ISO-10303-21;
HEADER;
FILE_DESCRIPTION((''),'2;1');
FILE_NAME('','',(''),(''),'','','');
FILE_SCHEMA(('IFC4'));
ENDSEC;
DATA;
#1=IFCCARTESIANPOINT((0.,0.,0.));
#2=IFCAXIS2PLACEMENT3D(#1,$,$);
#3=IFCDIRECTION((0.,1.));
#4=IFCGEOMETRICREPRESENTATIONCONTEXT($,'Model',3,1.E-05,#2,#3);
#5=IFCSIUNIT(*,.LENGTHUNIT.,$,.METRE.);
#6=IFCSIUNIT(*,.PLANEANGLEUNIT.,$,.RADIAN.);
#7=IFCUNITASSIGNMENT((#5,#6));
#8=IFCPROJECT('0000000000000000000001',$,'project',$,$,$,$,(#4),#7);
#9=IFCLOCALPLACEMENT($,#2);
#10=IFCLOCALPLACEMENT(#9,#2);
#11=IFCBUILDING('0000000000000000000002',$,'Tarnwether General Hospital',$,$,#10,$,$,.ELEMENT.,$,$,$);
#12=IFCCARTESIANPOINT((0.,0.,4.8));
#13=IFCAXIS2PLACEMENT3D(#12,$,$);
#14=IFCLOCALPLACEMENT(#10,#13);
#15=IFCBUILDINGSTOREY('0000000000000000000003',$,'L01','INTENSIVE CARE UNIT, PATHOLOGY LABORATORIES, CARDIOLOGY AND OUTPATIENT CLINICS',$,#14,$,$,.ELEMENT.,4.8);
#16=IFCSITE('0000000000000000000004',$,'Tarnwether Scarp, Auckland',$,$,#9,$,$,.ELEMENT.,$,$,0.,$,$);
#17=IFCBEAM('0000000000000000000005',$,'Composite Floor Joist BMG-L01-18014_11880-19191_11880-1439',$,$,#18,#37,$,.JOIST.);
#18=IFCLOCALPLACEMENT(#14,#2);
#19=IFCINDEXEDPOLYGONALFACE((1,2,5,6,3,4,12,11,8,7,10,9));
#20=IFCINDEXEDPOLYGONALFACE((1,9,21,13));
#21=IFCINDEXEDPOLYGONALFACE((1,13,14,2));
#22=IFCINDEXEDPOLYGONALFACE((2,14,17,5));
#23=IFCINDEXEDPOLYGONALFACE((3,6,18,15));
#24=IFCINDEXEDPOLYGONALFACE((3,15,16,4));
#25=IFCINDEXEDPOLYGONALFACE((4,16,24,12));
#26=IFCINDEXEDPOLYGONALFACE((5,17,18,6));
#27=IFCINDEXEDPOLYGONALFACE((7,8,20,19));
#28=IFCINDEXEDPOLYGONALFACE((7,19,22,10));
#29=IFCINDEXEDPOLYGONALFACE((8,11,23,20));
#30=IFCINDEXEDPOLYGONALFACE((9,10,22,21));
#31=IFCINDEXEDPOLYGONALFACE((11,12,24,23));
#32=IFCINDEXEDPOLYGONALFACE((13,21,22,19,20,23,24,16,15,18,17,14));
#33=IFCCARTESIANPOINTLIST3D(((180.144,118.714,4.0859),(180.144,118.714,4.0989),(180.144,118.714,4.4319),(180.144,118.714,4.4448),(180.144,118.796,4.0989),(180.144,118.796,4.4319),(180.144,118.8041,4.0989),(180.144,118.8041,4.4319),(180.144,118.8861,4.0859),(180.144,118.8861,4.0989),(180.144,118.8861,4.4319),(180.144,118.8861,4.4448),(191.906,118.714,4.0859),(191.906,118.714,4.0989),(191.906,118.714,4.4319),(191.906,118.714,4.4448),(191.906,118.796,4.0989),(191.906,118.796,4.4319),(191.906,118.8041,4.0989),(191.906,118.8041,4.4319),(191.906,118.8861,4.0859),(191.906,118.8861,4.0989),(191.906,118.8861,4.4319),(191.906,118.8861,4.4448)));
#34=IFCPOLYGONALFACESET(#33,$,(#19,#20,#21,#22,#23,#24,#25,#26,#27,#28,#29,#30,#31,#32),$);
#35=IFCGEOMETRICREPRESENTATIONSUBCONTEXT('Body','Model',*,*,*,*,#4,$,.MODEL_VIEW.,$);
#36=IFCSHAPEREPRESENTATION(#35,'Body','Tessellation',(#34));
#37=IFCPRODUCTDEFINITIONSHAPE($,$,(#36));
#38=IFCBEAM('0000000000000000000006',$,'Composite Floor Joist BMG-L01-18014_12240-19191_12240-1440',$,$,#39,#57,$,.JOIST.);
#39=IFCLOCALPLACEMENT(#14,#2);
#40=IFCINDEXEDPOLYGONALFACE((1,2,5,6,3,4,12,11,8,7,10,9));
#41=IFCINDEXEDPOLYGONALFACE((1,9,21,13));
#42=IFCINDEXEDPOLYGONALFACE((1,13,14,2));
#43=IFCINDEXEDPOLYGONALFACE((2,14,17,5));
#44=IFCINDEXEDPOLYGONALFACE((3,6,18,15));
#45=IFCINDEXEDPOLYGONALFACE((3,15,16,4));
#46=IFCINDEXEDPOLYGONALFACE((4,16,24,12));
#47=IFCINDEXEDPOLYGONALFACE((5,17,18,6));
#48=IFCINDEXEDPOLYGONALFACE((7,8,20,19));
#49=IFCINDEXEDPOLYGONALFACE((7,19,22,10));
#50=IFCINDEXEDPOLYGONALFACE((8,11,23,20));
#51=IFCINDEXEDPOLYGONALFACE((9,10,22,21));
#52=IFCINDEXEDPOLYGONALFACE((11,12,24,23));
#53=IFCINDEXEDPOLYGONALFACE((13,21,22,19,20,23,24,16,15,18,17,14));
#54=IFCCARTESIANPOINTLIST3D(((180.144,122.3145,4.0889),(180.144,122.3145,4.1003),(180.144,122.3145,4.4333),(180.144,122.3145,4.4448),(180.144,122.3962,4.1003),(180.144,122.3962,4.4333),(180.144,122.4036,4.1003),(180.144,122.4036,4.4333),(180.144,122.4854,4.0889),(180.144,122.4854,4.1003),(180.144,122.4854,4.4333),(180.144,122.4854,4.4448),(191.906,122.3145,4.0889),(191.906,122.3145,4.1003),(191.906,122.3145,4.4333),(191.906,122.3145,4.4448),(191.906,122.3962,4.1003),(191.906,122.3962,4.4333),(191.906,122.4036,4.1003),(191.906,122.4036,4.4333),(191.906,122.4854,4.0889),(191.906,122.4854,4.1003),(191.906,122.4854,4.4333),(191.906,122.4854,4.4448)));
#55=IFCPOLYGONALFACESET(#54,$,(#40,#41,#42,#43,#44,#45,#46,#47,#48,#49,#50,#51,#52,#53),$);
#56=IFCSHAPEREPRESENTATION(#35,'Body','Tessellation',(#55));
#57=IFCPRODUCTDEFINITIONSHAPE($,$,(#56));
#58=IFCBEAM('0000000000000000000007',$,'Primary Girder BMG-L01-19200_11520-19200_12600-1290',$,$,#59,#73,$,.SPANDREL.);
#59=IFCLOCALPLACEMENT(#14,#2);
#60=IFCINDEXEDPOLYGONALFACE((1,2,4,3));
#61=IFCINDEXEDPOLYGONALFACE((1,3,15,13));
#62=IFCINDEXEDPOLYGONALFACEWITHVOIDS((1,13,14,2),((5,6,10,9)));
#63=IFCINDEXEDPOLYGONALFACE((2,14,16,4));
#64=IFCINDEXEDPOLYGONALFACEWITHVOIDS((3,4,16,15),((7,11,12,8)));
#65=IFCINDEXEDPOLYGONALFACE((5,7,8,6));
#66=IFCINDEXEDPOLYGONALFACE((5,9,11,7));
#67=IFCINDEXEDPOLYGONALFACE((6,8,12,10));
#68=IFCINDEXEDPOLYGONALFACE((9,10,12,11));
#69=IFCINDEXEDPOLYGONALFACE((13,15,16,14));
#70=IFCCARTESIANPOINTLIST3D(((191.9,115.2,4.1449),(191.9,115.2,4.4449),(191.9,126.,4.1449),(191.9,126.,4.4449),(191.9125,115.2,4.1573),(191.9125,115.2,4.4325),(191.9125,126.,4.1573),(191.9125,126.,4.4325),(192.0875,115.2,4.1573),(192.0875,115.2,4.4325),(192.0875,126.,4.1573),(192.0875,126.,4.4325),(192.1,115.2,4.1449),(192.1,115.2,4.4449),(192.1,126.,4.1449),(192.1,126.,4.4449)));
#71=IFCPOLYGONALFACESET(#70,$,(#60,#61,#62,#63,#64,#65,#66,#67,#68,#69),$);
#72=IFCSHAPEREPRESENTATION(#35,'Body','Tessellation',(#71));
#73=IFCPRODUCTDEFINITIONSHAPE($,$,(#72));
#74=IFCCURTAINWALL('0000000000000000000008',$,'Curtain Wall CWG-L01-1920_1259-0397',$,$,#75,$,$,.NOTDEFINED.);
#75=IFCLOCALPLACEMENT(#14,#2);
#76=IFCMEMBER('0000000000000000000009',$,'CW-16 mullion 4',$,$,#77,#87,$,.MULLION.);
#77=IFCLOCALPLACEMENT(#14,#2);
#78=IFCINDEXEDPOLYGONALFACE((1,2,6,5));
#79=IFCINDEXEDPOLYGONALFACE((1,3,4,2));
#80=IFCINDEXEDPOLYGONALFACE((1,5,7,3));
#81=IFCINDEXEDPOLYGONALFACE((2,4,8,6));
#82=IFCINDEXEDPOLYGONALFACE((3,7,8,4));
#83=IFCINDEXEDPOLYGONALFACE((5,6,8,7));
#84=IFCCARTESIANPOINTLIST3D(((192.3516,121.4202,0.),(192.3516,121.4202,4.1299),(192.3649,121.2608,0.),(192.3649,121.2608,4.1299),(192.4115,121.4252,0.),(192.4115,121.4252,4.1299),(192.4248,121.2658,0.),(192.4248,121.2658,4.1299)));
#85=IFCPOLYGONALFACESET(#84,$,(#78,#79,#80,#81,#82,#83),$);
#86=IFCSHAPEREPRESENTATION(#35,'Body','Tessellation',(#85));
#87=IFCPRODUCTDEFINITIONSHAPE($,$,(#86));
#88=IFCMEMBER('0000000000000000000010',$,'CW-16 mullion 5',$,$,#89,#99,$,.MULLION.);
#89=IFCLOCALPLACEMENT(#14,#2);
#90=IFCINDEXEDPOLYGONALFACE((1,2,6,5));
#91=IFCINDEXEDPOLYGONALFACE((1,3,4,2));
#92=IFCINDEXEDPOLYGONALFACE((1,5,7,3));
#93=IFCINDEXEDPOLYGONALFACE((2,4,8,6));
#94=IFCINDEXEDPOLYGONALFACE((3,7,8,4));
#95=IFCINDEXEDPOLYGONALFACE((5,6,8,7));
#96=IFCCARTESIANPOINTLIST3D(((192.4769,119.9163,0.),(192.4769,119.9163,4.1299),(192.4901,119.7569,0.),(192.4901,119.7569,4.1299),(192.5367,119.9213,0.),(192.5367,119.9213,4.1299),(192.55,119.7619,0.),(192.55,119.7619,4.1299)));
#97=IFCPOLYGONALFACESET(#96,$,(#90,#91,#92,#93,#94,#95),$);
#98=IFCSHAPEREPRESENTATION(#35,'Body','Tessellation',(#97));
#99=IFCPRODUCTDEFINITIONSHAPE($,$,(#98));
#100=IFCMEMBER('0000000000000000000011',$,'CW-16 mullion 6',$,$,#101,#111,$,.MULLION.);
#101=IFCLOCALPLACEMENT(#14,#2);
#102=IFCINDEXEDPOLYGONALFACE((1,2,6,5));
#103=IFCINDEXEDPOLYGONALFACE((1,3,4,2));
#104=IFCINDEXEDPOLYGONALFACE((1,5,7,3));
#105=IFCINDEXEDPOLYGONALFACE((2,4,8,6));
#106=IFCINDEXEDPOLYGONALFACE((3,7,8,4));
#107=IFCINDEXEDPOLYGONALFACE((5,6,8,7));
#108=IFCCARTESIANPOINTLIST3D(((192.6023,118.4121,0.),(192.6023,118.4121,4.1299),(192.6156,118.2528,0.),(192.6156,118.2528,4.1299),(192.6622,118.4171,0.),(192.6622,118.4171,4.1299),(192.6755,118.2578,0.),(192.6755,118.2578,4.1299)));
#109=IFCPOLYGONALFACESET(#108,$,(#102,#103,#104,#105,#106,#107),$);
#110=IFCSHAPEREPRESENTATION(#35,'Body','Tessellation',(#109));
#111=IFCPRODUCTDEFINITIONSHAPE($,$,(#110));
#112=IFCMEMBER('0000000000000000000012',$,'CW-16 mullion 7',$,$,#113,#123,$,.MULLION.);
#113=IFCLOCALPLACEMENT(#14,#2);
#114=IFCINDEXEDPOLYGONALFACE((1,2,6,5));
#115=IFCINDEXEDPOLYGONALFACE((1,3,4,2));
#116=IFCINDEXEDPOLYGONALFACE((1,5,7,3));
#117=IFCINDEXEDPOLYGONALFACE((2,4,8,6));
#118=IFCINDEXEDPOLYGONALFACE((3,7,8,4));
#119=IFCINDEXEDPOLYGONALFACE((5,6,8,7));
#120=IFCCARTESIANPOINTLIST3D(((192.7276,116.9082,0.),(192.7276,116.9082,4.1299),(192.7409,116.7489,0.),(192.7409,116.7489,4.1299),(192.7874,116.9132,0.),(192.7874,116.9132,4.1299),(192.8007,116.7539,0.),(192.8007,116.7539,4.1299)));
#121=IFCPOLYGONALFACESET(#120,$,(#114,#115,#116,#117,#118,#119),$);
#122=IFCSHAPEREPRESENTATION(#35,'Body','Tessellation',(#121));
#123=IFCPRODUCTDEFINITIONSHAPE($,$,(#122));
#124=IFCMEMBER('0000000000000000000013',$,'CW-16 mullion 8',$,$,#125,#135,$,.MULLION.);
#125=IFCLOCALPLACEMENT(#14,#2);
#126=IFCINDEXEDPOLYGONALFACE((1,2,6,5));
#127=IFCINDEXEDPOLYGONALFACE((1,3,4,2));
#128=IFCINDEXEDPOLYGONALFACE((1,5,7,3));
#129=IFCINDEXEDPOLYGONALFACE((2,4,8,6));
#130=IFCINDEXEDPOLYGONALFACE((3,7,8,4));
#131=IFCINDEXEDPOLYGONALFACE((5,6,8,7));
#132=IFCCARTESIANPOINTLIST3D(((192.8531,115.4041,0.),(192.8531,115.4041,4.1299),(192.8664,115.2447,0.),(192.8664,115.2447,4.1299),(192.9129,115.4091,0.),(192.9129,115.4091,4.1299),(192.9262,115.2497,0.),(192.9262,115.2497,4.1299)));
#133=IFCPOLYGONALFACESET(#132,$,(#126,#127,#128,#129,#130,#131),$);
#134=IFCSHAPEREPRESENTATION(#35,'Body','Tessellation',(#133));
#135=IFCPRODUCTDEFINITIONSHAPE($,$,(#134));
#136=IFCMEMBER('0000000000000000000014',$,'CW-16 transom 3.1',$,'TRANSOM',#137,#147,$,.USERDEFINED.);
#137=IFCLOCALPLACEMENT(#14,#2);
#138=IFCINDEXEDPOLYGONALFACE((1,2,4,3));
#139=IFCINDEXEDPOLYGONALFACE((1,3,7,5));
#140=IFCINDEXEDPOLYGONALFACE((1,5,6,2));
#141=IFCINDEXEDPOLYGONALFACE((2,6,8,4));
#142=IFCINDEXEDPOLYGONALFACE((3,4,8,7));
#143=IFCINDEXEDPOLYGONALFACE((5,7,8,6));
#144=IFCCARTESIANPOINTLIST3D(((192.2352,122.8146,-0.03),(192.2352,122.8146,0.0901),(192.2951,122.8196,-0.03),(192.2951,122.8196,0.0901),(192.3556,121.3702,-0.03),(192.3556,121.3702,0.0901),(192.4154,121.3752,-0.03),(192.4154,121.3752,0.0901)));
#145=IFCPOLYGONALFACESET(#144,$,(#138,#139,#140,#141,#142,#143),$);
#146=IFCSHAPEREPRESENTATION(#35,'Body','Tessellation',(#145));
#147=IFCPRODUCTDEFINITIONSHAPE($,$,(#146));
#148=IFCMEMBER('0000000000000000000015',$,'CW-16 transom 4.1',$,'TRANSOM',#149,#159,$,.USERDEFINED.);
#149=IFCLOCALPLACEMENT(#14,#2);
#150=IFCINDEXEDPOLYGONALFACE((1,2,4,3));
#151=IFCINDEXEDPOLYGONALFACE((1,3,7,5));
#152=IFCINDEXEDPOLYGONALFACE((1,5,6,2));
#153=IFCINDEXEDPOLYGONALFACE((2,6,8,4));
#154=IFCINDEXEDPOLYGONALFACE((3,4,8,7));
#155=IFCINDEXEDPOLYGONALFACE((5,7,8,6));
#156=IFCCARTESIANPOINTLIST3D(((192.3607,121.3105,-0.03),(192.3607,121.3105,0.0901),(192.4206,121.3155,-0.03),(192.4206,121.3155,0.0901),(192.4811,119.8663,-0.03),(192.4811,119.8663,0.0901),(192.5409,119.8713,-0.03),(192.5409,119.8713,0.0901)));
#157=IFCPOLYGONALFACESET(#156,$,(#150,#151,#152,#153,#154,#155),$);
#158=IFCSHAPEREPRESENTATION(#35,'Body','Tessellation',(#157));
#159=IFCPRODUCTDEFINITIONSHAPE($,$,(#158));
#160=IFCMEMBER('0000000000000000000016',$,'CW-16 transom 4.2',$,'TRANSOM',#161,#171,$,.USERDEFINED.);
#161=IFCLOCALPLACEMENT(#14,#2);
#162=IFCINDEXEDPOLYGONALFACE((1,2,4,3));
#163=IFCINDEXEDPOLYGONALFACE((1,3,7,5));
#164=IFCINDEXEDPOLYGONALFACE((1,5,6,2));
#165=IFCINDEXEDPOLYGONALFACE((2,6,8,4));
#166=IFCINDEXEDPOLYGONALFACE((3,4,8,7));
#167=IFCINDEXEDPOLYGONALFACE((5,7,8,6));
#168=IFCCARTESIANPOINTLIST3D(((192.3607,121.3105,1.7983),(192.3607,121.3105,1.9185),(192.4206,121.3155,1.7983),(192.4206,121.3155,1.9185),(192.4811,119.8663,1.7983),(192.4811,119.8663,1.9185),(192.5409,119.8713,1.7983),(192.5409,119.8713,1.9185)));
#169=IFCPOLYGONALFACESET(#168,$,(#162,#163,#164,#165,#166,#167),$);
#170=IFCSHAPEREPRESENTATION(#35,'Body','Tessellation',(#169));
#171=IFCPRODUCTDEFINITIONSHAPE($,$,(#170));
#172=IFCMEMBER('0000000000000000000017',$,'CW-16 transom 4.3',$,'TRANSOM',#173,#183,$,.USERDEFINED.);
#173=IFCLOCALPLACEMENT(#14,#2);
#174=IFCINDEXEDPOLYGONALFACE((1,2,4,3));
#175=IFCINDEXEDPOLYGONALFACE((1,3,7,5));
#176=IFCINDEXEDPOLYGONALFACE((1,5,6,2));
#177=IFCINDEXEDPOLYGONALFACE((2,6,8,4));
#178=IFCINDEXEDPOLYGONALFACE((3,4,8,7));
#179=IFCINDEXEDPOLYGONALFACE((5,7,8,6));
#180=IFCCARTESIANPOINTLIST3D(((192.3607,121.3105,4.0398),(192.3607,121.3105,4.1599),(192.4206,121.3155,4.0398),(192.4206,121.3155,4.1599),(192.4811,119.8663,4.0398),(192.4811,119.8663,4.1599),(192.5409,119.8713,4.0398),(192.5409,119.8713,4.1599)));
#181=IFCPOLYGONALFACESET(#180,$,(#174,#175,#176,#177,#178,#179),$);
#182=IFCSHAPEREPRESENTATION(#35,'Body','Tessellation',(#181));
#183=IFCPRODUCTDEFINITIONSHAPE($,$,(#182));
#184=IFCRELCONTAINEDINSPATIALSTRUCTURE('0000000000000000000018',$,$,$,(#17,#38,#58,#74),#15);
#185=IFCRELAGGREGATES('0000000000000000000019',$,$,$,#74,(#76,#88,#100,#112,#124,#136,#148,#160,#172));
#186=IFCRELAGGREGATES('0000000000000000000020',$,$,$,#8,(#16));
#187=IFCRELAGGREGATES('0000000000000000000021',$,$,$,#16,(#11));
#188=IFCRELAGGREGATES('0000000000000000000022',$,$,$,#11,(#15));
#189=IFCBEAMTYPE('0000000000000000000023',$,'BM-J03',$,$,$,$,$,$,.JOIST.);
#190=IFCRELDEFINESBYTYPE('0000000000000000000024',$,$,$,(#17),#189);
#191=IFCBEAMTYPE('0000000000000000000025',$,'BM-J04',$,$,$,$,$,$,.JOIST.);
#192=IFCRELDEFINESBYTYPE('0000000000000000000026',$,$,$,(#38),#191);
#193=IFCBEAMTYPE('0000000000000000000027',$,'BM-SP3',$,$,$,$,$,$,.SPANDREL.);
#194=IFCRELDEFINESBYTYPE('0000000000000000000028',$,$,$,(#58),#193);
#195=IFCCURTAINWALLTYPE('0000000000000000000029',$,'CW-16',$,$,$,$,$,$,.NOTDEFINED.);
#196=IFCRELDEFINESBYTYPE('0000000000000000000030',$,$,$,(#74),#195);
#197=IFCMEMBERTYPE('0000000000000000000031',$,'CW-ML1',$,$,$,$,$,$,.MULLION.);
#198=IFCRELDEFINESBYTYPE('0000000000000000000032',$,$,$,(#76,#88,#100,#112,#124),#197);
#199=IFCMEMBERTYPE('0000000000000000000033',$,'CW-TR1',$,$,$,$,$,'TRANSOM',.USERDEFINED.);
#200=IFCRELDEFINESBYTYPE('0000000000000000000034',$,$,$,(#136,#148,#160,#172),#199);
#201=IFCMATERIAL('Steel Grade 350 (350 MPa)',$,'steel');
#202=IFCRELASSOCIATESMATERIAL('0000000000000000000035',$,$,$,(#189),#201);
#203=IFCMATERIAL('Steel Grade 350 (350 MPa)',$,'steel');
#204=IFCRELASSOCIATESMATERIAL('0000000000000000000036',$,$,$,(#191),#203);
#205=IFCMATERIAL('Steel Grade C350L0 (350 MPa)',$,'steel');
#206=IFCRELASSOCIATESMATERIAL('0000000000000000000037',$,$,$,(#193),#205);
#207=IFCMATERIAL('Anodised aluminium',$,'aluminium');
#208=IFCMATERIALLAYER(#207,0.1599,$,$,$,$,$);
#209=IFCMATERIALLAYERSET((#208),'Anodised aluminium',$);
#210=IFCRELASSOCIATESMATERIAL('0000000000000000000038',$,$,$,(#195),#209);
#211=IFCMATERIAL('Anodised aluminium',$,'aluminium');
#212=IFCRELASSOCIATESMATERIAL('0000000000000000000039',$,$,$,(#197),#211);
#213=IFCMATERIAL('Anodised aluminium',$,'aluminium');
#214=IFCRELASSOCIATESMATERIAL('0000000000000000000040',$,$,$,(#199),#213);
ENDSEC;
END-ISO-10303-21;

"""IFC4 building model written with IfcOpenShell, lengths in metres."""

from ifc_helpers import new_model, si_unit, direction, frame, origin, origin_2d, place, context, subcontext, project, spatial, rectangle, hollow_rectangle, i_section, extrude, material, layer, layer_set, material_profile, profile_set, type_object, element, aggregate, save


model = new_model("IFC4")

# Units and contexts
model_context = context("Model", 3, precision=1e-05, world=origin(), true_north=direction((0.0, 1.0)))
body_context = subcontext(model_context, "Body", "Model", "MODEL_VIEW")
ifc_project = project(units=[si_unit("LENGTHUNIT", "METRE"), si_unit("PLANEANGLEUNIT", "RADIAN")], contexts=[model_context])

# Site, building, storey
site_placement = place(None, origin())
site = spatial("IfcSite", under=ifc_project, at=site_placement, Name="Tarnwether Scarp, Auckland", CompositionType="ELEMENT", RefElevation=0.0)
building_placement = place(site_placement, origin())
building = spatial("IfcBuilding", under=site, at=building_placement, Name="Tarnwether General Hospital", CompositionType="ELEMENT")
storey_placement = place(building_placement, frame((0.0, 0.0, 4.8)))
storey = spatial("IfcBuildingStorey", under=building, at=storey_placement, Name="L01", Description="INTENSIVE CARE UNIT, PATHOLOGY LABORATORIES, CARDIOLOGY AND OUTPATIENT CLINICS", CompositionType="ELEMENT", Elevation=4.8)

# Beams
ifc_material_1 = material(Name="Steel Grade 350 (350 MPa)", Category="steel")
ifc_material_profile_1 = material_profile(ifc_material_1, i_section(OverallWidth=0.1721, OverallDepth=0.3589, WebThickness=0.0081, FlangeThickness=0.0129, at=origin_2d()), Name="360UB56.7")
ifc_profile_set_1 = profile_set([ifc_material_profile_1], Name="Steel Grade 350 (350 MPa)")
beam_type_1 = type_object("IfcBeamType", Name="BM-J03", PredefinedType="JOIST", material=ifc_profile_set_1)
beam_1_placement = place(storey_placement, frame((180.144, 118.8, 4.2654), z_axis=(1.0, 0.0, 0.0), x_axis=(0.0, 1.0, 0.0)))
element("IfcBeam", 1, at=beam_1_placement, inside=storey, type_object=beam_type_1, Name="Composite Floor Joist BMG-L01-18014_11880-19191_11880-1439", PredefinedType="JOIST", context=body_context, shape_type="SweptSolid", body=[
    extrude(i_section(OverallWidth=0.1721, OverallDepth=0.3589, WebThickness=0.0081, FlangeThickness=0.0129, at=origin_2d()), origin(), (0.0, 0.0, 1.0), 11.762),
])
ifc_material_2 = material(Name="Steel Grade 350 (350 MPa)", Category="steel")
ifc_material_profile_2 = material_profile(ifc_material_2, i_section(OverallWidth=0.1709, OverallDepth=0.356, WebThickness=0.0073, FlangeThickness=0.0115, at=origin_2d()), Name="360UB50.7")
ifc_profile_set_2 = profile_set([ifc_material_profile_2], Name="Steel Grade 350 (350 MPa)")
beam_type_2 = type_object("IfcBeamType", Name="BM-J04", PredefinedType="JOIST", material=ifc_profile_set_2)
beam_2_placement = place(storey_placement, frame((180.144, 122.3999, 4.2668), z_axis=(1.0, 0.0, 0.0), x_axis=(0.0, 1.0, 0.0)))
element("IfcBeam", 2, at=beam_2_placement, inside=storey, type_object=beam_type_2, Name="Composite Floor Joist BMG-L01-18014_12240-19191_12240-1440", PredefinedType="JOIST", context=body_context, shape_type="SweptSolid", body=[
    extrude(i_section(OverallWidth=0.1709, OverallDepth=0.356, WebThickness=0.0073, FlangeThickness=0.0115, at=origin_2d()), origin(), (0.0, 0.0, 1.0), 11.762),
])
ifc_material_3 = material(Name="Steel Grade C350L0 (350 MPa)", Category="steel")
ifc_material_profile_3 = material_profile(ifc_material_3, hollow_rectangle(XDim=0.2, YDim=0.3, WallThickness=0.0125, at=origin_2d()), Name="RHS300x200x12.5")
ifc_profile_set_3 = profile_set([ifc_material_profile_3], Name="Steel Grade C350L0 (350 MPa)")
beam_type_3 = type_object("IfcBeamType", Name="BM-SP3", PredefinedType="SPANDREL", material=ifc_profile_set_3)
beam_3_placement = place(storey_placement, frame((192.0, 115.2, 4.2949), z_axis=(0.0, 1.0, 0.0), x_axis=(-1.0, 0.0, 0.0)))
element("IfcBeam", 3, at=beam_3_placement, inside=storey, type_object=beam_type_3, Name="Primary Girder BMG-L01-19200_11520-19200_12600-1290", PredefinedType="SPANDREL", context=body_context, shape_type="SweptSolid", body=[
    extrude(hollow_rectangle(XDim=0.2, YDim=0.3, WallThickness=0.0125, at=origin_2d()), origin(), (0.0, 0.0, 1.0), 10.8),
])

# Curtain wall, members
ifc_material_4 = material(Name="Anodised aluminium", Category="aluminium")
ifc_layer_1 = layer(ifc_material_4, 0.1599)
ifc_layer_set_1 = layer_set([ifc_layer_1], Name="Anodised aluminium")
curtain_wall_type = type_object("IfcCurtainWallType", Name="CW-16", PredefinedType="NOTDEFINED", material=ifc_layer_set_1)
curtain_wall_placement = place(storey_placement, origin())
curtain_wall = element("IfcCurtainWall", 4, at=curtain_wall_placement, inside=storey, type_object=curtain_wall_type, Name="Curtain Wall CWG-L01-1920_1259-0397", PredefinedType="NOTDEFINED")
ifc_material_5 = material(Name="Anodised aluminium", Category="aluminium")
ifc_material_profile_4 = material_profile(ifc_material_5, rectangle(XDim=0.0601, YDim=0.1599, at=origin_2d()), Name="ALU-MUL-60x160")
ifc_profile_set_4 = profile_set([ifc_material_profile_4], Name="Anodised aluminium")
member_type_1 = type_object("IfcMemberType", Name="CW-ML1", PredefinedType="MULLION", material=ifc_profile_set_4)
member_1_placement = place(storey_placement, frame((192.3882, 121.343, 0.0), z_axis=(0.0, 0.0, 1.0), x_axis=(0.996544, 0.083065, 0.0)))
member_1 = element("IfcMember", 5, at=member_1_placement, type_object=member_type_1, Name="CW-16 mullion 4", PredefinedType="MULLION", context=body_context, shape_type="SweptSolid", body=[
    extrude(rectangle(XDim=0.0601, YDim=0.1599, at=origin_2d()), origin(), (0.0, 0.0, 1.0), 4.1299),
])
member_2_placement = place(storey_placement, frame((192.5134, 119.8391, 0.0), z_axis=(0.0, 0.0, 1.0), x_axis=(0.996544, 0.083065, 0.0)))
member_2 = element("IfcMember", 6, at=member_2_placement, type_object=member_type_1, Name="CW-16 mullion 5", PredefinedType="MULLION", context=body_context, shape_type="SweptSolid", body=[
    extrude(rectangle(XDim=0.0601, YDim=0.1599, at=origin_2d()), origin(), (0.0, 0.0, 1.0), 4.1299),
])
member_3_placement = place(storey_placement, frame((192.6389, 118.335, 0.0), z_axis=(0.0, 0.0, 1.0), x_axis=(0.996544, 0.083065, 0.0)))
member_3 = element("IfcMember", 7, at=member_3_placement, type_object=member_type_1, Name="CW-16 mullion 6", PredefinedType="MULLION", context=body_context, shape_type="SweptSolid", body=[
    extrude(rectangle(XDim=0.0601, YDim=0.1599, at=origin_2d()), origin(), (0.0, 0.0, 1.0), 4.1299),
])
member_4_placement = place(storey_placement, frame((192.7642, 116.8311, 0.0), z_axis=(0.0, 0.0, 1.0), x_axis=(0.996544, 0.083065, 0.0)))
member_4 = element("IfcMember", 8, at=member_4_placement, type_object=member_type_1, Name="CW-16 mullion 7", PredefinedType="MULLION", context=body_context, shape_type="SweptSolid", body=[
    extrude(rectangle(XDim=0.0601, YDim=0.1599, at=origin_2d()), origin(), (0.0, 0.0, 1.0), 4.1299),
])
member_5_placement = place(storey_placement, frame((192.8896, 115.3269, 0.0), z_axis=(0.0, 0.0, 1.0), x_axis=(0.996544, 0.083065, 0.0)))
member_5 = element("IfcMember", 9, at=member_5_placement, type_object=member_type_1, Name="CW-16 mullion 8", PredefinedType="MULLION", context=body_context, shape_type="SweptSolid", body=[
    extrude(rectangle(XDim=0.0601, YDim=0.1599, at=origin_2d()), origin(), (0.0, 0.0, 1.0), 4.1299),
])
ifc_material_6 = material(Name="Anodised aluminium", Category="aluminium")
ifc_material_profile_5 = material_profile(ifc_material_6, rectangle(XDim=0.0601, YDim=0.1201, at=origin_2d()), Name="ALU-TRN-60x120")
ifc_profile_set_5 = profile_set([ifc_material_profile_5], Name="Anodised aluminium")
member_type_2 = type_object("IfcMemberType", Name="CW-TR1", ElementType="TRANSOM", PredefinedType="USERDEFINED", material=ifc_profile_set_5)
member_6_placement = place(storey_placement, frame((192.2651, 122.8171, 0.03), z_axis=(0.083045, -0.996546, 0.0), x_axis=(0.996546, 0.083045, 0.0)))
member_6 = element("IfcMember", 10, at=member_6_placement, type_object=member_type_2, Name="CW-16 transom 3.1", ObjectType="TRANSOM", PredefinedType="USERDEFINED", context=body_context, shape_type="SweptSolid", body=[
    extrude(rectangle(XDim=0.0601, YDim=0.1201, at=origin_2d()), origin(), (0.0, 0.0, 1.0), 1.4495),
])
member_7_placement = place(storey_placement, frame((192.3906, 121.313, 0.03), z_axis=(0.083059, -0.996545, 0.0), x_axis=(0.996545, 0.083059, 0.0)))
member_7 = element("IfcMember", 11, at=member_7_placement, type_object=member_type_2, Name="CW-16 transom 4.1", ObjectType="TRANSOM", PredefinedType="USERDEFINED", context=body_context, shape_type="SweptSolid", body=[
    extrude(rectangle(XDim=0.0601, YDim=0.1201, at=origin_2d()), origin(), (0.0, 0.0, 1.0), 1.4492),
])
member_8_placement = place(storey_placement, frame((192.3906, 121.313, 1.8584), z_axis=(0.083059, -0.996545, 0.0), x_axis=(0.996545, 0.083059, 0.0)))
member_8 = element("IfcMember", 12, at=member_8_placement, type_object=member_type_2, Name="CW-16 transom 4.2", ObjectType="TRANSOM", PredefinedType="USERDEFINED", context=body_context, shape_type="SweptSolid", body=[
    extrude(rectangle(XDim=0.0601, YDim=0.1201, at=origin_2d()), origin(), (0.0, 0.0, 1.0), 1.4492),
])
member_9_placement = place(storey_placement, frame((192.3906, 121.313, 4.0999), z_axis=(0.083059, -0.996545, 0.0), x_axis=(0.996545, 0.083059, 0.0)))
member_9 = element("IfcMember", 13, at=member_9_placement, type_object=member_type_2, Name="CW-16 transom 4.3", ObjectType="TRANSOM", PredefinedType="USERDEFINED", context=body_context, shape_type="SweptSolid", body=[
    extrude(rectangle(XDim=0.0601, YDim=0.1201, at=origin_2d()), origin(), (0.0, 0.0, 1.0), 1.4492),
])
aggregate(curtain_wall, [member_1, member_2, member_3, member_4, member_5, member_6, member_7, member_8, member_9])

save(model, "model.ifc")
